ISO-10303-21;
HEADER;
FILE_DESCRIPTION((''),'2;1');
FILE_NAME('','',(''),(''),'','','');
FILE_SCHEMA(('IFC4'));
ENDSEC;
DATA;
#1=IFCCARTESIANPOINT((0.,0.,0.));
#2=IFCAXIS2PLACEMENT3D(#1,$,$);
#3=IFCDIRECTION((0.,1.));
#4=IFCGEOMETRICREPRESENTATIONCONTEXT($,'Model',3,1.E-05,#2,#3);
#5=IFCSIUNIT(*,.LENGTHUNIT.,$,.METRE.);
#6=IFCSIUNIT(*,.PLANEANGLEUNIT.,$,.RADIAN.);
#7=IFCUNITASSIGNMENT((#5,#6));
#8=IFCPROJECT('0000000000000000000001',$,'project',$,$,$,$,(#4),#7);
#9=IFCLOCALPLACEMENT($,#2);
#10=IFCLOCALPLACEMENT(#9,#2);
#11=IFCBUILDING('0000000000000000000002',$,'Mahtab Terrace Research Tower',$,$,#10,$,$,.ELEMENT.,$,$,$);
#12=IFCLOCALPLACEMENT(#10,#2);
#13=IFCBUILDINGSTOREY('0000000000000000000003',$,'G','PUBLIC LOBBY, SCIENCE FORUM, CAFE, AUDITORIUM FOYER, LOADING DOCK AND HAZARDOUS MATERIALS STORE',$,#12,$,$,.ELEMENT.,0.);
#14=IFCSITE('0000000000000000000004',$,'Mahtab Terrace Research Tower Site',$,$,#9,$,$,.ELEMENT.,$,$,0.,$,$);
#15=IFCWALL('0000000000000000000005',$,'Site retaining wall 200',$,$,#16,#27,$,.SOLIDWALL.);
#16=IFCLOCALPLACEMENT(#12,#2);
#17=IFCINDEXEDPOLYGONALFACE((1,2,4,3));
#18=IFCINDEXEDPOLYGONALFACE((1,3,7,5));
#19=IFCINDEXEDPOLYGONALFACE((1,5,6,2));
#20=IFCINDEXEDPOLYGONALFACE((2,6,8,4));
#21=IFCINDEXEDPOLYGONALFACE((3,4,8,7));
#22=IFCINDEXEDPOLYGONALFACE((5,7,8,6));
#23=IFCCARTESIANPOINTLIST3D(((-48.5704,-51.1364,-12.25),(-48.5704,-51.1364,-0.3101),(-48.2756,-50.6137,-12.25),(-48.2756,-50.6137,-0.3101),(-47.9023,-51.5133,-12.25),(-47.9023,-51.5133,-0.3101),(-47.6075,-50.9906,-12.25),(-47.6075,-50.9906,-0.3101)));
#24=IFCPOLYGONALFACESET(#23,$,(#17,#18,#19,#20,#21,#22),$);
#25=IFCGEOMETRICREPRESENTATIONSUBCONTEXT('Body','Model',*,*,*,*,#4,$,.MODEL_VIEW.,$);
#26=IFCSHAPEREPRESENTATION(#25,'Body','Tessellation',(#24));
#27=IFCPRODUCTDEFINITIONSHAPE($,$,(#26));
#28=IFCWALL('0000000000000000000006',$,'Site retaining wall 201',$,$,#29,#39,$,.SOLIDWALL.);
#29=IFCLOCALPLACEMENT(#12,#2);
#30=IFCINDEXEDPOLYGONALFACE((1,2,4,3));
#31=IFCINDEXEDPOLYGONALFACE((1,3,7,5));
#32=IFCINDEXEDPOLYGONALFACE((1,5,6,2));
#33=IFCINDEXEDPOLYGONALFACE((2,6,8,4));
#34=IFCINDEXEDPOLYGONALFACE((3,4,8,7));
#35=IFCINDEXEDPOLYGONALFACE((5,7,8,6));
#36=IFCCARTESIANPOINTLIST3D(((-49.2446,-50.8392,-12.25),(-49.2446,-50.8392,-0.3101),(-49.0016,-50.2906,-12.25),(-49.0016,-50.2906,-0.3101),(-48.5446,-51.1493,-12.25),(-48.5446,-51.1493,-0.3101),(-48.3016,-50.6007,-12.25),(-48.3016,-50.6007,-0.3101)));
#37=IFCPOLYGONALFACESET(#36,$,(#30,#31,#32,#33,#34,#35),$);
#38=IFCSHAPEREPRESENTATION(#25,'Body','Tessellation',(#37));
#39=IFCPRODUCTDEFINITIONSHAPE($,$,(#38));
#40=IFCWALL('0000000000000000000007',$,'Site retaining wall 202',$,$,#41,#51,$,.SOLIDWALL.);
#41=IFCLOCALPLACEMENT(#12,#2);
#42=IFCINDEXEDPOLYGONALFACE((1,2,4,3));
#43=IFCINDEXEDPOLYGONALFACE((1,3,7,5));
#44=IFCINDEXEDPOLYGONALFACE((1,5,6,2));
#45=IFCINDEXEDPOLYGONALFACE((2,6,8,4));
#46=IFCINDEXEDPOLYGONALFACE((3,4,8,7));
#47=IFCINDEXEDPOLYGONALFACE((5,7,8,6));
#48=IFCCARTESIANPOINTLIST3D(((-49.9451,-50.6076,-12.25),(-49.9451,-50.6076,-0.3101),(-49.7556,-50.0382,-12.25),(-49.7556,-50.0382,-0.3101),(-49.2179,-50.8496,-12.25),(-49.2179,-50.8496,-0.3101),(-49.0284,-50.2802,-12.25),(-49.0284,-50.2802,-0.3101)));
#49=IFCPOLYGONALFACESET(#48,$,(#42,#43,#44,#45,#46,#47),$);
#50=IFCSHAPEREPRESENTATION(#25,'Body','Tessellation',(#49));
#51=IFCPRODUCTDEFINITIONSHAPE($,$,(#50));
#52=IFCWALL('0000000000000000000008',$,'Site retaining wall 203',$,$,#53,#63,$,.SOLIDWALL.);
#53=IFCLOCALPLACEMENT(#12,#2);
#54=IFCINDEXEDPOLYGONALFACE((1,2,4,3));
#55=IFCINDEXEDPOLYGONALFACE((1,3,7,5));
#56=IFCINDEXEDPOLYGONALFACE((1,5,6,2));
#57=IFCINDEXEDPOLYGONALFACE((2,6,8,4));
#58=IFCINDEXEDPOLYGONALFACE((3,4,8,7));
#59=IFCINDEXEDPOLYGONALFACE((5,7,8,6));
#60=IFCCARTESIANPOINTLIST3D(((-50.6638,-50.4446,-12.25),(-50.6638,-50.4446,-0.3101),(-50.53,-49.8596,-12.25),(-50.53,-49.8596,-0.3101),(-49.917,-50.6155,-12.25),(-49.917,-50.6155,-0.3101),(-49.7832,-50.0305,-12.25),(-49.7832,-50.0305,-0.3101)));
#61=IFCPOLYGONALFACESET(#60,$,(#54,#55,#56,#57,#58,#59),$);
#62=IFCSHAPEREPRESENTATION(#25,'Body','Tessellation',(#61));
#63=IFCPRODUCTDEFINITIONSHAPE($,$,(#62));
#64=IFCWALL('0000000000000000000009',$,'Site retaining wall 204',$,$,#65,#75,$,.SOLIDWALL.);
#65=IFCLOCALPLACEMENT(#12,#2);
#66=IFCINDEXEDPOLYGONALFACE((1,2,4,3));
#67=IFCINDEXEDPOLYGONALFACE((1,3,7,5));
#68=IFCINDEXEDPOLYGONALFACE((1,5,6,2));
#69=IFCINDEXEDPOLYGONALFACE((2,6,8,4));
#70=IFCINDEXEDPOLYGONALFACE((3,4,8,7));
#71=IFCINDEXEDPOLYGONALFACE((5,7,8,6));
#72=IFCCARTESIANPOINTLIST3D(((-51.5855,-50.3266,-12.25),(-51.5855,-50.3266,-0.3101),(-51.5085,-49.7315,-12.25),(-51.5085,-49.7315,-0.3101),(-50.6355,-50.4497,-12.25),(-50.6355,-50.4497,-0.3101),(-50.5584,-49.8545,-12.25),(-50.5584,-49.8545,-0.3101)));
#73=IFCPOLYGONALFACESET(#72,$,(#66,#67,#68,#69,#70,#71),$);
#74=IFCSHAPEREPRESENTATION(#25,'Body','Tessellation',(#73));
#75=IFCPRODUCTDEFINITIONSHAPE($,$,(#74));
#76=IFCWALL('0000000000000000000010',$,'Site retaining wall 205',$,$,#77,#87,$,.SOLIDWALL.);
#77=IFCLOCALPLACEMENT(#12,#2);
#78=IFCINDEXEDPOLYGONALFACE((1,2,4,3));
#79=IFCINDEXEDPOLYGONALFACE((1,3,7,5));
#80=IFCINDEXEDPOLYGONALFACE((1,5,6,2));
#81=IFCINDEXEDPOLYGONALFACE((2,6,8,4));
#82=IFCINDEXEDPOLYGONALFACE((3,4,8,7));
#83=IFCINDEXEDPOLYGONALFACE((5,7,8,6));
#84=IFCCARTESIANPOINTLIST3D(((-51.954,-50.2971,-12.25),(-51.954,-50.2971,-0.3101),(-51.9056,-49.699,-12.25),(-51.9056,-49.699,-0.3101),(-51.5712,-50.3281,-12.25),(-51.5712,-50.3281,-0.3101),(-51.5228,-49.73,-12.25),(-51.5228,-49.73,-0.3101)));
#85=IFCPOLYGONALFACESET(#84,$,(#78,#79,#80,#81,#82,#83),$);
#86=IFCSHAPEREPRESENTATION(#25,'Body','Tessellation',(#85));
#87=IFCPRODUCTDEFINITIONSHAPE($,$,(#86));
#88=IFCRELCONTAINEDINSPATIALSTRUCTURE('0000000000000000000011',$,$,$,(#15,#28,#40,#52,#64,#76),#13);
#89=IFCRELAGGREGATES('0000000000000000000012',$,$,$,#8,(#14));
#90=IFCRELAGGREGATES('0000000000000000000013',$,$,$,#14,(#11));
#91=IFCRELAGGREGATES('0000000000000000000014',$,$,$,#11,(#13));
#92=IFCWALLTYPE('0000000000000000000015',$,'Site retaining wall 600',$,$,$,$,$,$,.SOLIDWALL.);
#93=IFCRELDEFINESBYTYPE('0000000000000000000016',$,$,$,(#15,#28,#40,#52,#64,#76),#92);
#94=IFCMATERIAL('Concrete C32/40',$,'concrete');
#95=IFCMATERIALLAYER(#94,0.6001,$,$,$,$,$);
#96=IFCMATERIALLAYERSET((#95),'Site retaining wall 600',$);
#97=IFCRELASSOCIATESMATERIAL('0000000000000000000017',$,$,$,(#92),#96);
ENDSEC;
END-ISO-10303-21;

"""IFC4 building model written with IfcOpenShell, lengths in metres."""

from ifc_helpers import new_model, si_unit, direction, frame, frame_2d, origin, place, context, subcontext, project, spatial, rectangle, extrude, material, layer, layer_set, type_object, element, save


model = new_model("IFC4")

# Units and contexts
model_context = context("Model", 3, precision=1e-05, world=origin(), true_north=direction((0.0, 1.0)))
body_context = subcontext(model_context, "Body", "Model", "MODEL_VIEW")
ifc_project = project(units=[si_unit("LENGTHUNIT", "METRE"), si_unit("PLANEANGLEUNIT", "RADIAN")], contexts=[model_context])

# Site, building, storey
site_placement = place(None, origin())
site = spatial("IfcSite", under=ifc_project, at=site_placement, Name="Mahtab Terrace Research Tower Site", CompositionType="ELEMENT", RefElevation=0.0)
building_placement = place(site_placement, origin())
building = spatial("IfcBuilding", under=site, at=building_placement, Name="Mahtab Terrace Research Tower", CompositionType="ELEMENT")
storey_placement = place(building_placement, origin())
storey = spatial("IfcBuildingStorey", under=building, at=storey_placement, Name="G", Description="PUBLIC LOBBY, SCIENCE FORUM, CAFE, AUDITORIUM FOYER, LOADING DOCK AND HAZARDOUS MATERIALS STORE", CompositionType="ELEMENT", Elevation=0.0)

# Walls
ifc_material = material(Name="Concrete C32/40", Category="concrete")
ifc_layer = layer(ifc_material, 0.6001)
ifc_layer_set = layer_set([ifc_layer], Name="Site retaining wall 600")
wall_type = type_object("IfcWallType", Name="Site retaining wall 600", PredefinedType="SOLIDWALL", material=ifc_layer_set)
wall_1_placement = place(storey_placement, frame((-47.7549, -51.252, -12.25), z_axis=(0.0, 0.0, 1.0), x_axis=(-0.870971, 0.491334, 0.0)))
element("IfcWall", 1, at=wall_1_placement, inside=storey, type_object=wall_type, Name="Site retaining wall 200", PredefinedType="SOLIDWALL", context=body_context, shape_type="SweptSolid", body=[
    extrude(rectangle(XDim=0.7671, YDim=0.6001, at=frame_2d((0.3835, 0.0))), origin(), (0.0, 0.0, 1.0), 11.9399),
])
wall_2_placement = place(storey_placement, frame((-48.4231, -50.875, -12.25), z_axis=(0.0, 0.0, 1.0), x_axis=(-0.914311, 0.405014, 0.0)))
element("IfcWall", 2, at=wall_2_placement, inside=storey, type_object=wall_type, Name="Site retaining wall 201", PredefinedType="SOLIDWALL", context=body_context, shape_type="SweptSolid", body=[
    extrude(rectangle(XDim=0.7656, YDim=0.6001, at=frame_2d((0.3828, 0.0))), origin(), (0.0, 0.0, 1.0), 11.9399),
])
wall_3_placement = place(storey_placement, frame((-49.123, -50.5649, -12.25), z_axis=(0.0, 0.0, 1.0), x_axis=(-0.948842, 0.31575, 0.0)))
element("IfcWall", 3, at=wall_3_placement, inside=storey, type_object=wall_type, Name="Site retaining wall 202", PredefinedType="SOLIDWALL", context=body_context, shape_type="SweptSolid", body=[
    extrude(rectangle(XDim=0.7664, YDim=0.6001, at=frame_2d((0.3833, 0.0))), origin(), (0.0, 0.0, 1.0), 11.9399),
])
wall_4_placement = place(storey_placement, frame((-49.8501, -50.323, -12.25), z_axis=(0.0, 0.0, 1.0), x_axis=(-0.974803, 0.223067, 0.0)))
element("IfcWall", 4, at=wall_4_placement, inside=storey, type_object=wall_type, Name="Site retaining wall 203", PredefinedType="SOLIDWALL", context=body_context, shape_type="SweptSolid", body=[
    extrude(rectangle(XDim=0.7661, YDim=0.6001, at=frame_2d((0.3831, 0.0))), origin(), (0.0, 0.0, 1.0), 11.9399),
])
wall_5_placement = place(storey_placement, frame((-50.5969, -50.1521, -12.25), z_axis=(0.0, 0.0, 1.0), x_axis=(-0.991719, 0.128424, 0.0)))
element("IfcWall", 5, at=wall_5_placement, inside=storey, type_object=wall_type, Name="Site retaining wall 204", PredefinedType="SOLIDWALL", context=body_context, shape_type="SweptSolid", body=[
    extrude(rectangle(XDim=0.958, YDim=0.6001, at=frame_2d((0.479, 0.0))), origin(), (0.0, 0.0, 1.0), 11.9399),
])
wall_6_placement = place(storey_placement, frame((-51.5471, -50.0291, -12.25), z_axis=(0.0, 0.0, 1.0), x_axis=(-0.996736, 0.080731, 0.0)))
element("IfcWall", 6, at=wall_6_placement, inside=storey, type_object=wall_type, Name="Site retaining wall 205", PredefinedType="SOLIDWALL", context=body_context, shape_type="SweptSolid", body=[
    extrude(rectangle(XDim=0.384, YDim=0.6001, at=frame_2d((0.1919, 0.0))), origin(), (0.0, 0.0, 1.0), 11.9399),
])

save(model, "model.ifc")
